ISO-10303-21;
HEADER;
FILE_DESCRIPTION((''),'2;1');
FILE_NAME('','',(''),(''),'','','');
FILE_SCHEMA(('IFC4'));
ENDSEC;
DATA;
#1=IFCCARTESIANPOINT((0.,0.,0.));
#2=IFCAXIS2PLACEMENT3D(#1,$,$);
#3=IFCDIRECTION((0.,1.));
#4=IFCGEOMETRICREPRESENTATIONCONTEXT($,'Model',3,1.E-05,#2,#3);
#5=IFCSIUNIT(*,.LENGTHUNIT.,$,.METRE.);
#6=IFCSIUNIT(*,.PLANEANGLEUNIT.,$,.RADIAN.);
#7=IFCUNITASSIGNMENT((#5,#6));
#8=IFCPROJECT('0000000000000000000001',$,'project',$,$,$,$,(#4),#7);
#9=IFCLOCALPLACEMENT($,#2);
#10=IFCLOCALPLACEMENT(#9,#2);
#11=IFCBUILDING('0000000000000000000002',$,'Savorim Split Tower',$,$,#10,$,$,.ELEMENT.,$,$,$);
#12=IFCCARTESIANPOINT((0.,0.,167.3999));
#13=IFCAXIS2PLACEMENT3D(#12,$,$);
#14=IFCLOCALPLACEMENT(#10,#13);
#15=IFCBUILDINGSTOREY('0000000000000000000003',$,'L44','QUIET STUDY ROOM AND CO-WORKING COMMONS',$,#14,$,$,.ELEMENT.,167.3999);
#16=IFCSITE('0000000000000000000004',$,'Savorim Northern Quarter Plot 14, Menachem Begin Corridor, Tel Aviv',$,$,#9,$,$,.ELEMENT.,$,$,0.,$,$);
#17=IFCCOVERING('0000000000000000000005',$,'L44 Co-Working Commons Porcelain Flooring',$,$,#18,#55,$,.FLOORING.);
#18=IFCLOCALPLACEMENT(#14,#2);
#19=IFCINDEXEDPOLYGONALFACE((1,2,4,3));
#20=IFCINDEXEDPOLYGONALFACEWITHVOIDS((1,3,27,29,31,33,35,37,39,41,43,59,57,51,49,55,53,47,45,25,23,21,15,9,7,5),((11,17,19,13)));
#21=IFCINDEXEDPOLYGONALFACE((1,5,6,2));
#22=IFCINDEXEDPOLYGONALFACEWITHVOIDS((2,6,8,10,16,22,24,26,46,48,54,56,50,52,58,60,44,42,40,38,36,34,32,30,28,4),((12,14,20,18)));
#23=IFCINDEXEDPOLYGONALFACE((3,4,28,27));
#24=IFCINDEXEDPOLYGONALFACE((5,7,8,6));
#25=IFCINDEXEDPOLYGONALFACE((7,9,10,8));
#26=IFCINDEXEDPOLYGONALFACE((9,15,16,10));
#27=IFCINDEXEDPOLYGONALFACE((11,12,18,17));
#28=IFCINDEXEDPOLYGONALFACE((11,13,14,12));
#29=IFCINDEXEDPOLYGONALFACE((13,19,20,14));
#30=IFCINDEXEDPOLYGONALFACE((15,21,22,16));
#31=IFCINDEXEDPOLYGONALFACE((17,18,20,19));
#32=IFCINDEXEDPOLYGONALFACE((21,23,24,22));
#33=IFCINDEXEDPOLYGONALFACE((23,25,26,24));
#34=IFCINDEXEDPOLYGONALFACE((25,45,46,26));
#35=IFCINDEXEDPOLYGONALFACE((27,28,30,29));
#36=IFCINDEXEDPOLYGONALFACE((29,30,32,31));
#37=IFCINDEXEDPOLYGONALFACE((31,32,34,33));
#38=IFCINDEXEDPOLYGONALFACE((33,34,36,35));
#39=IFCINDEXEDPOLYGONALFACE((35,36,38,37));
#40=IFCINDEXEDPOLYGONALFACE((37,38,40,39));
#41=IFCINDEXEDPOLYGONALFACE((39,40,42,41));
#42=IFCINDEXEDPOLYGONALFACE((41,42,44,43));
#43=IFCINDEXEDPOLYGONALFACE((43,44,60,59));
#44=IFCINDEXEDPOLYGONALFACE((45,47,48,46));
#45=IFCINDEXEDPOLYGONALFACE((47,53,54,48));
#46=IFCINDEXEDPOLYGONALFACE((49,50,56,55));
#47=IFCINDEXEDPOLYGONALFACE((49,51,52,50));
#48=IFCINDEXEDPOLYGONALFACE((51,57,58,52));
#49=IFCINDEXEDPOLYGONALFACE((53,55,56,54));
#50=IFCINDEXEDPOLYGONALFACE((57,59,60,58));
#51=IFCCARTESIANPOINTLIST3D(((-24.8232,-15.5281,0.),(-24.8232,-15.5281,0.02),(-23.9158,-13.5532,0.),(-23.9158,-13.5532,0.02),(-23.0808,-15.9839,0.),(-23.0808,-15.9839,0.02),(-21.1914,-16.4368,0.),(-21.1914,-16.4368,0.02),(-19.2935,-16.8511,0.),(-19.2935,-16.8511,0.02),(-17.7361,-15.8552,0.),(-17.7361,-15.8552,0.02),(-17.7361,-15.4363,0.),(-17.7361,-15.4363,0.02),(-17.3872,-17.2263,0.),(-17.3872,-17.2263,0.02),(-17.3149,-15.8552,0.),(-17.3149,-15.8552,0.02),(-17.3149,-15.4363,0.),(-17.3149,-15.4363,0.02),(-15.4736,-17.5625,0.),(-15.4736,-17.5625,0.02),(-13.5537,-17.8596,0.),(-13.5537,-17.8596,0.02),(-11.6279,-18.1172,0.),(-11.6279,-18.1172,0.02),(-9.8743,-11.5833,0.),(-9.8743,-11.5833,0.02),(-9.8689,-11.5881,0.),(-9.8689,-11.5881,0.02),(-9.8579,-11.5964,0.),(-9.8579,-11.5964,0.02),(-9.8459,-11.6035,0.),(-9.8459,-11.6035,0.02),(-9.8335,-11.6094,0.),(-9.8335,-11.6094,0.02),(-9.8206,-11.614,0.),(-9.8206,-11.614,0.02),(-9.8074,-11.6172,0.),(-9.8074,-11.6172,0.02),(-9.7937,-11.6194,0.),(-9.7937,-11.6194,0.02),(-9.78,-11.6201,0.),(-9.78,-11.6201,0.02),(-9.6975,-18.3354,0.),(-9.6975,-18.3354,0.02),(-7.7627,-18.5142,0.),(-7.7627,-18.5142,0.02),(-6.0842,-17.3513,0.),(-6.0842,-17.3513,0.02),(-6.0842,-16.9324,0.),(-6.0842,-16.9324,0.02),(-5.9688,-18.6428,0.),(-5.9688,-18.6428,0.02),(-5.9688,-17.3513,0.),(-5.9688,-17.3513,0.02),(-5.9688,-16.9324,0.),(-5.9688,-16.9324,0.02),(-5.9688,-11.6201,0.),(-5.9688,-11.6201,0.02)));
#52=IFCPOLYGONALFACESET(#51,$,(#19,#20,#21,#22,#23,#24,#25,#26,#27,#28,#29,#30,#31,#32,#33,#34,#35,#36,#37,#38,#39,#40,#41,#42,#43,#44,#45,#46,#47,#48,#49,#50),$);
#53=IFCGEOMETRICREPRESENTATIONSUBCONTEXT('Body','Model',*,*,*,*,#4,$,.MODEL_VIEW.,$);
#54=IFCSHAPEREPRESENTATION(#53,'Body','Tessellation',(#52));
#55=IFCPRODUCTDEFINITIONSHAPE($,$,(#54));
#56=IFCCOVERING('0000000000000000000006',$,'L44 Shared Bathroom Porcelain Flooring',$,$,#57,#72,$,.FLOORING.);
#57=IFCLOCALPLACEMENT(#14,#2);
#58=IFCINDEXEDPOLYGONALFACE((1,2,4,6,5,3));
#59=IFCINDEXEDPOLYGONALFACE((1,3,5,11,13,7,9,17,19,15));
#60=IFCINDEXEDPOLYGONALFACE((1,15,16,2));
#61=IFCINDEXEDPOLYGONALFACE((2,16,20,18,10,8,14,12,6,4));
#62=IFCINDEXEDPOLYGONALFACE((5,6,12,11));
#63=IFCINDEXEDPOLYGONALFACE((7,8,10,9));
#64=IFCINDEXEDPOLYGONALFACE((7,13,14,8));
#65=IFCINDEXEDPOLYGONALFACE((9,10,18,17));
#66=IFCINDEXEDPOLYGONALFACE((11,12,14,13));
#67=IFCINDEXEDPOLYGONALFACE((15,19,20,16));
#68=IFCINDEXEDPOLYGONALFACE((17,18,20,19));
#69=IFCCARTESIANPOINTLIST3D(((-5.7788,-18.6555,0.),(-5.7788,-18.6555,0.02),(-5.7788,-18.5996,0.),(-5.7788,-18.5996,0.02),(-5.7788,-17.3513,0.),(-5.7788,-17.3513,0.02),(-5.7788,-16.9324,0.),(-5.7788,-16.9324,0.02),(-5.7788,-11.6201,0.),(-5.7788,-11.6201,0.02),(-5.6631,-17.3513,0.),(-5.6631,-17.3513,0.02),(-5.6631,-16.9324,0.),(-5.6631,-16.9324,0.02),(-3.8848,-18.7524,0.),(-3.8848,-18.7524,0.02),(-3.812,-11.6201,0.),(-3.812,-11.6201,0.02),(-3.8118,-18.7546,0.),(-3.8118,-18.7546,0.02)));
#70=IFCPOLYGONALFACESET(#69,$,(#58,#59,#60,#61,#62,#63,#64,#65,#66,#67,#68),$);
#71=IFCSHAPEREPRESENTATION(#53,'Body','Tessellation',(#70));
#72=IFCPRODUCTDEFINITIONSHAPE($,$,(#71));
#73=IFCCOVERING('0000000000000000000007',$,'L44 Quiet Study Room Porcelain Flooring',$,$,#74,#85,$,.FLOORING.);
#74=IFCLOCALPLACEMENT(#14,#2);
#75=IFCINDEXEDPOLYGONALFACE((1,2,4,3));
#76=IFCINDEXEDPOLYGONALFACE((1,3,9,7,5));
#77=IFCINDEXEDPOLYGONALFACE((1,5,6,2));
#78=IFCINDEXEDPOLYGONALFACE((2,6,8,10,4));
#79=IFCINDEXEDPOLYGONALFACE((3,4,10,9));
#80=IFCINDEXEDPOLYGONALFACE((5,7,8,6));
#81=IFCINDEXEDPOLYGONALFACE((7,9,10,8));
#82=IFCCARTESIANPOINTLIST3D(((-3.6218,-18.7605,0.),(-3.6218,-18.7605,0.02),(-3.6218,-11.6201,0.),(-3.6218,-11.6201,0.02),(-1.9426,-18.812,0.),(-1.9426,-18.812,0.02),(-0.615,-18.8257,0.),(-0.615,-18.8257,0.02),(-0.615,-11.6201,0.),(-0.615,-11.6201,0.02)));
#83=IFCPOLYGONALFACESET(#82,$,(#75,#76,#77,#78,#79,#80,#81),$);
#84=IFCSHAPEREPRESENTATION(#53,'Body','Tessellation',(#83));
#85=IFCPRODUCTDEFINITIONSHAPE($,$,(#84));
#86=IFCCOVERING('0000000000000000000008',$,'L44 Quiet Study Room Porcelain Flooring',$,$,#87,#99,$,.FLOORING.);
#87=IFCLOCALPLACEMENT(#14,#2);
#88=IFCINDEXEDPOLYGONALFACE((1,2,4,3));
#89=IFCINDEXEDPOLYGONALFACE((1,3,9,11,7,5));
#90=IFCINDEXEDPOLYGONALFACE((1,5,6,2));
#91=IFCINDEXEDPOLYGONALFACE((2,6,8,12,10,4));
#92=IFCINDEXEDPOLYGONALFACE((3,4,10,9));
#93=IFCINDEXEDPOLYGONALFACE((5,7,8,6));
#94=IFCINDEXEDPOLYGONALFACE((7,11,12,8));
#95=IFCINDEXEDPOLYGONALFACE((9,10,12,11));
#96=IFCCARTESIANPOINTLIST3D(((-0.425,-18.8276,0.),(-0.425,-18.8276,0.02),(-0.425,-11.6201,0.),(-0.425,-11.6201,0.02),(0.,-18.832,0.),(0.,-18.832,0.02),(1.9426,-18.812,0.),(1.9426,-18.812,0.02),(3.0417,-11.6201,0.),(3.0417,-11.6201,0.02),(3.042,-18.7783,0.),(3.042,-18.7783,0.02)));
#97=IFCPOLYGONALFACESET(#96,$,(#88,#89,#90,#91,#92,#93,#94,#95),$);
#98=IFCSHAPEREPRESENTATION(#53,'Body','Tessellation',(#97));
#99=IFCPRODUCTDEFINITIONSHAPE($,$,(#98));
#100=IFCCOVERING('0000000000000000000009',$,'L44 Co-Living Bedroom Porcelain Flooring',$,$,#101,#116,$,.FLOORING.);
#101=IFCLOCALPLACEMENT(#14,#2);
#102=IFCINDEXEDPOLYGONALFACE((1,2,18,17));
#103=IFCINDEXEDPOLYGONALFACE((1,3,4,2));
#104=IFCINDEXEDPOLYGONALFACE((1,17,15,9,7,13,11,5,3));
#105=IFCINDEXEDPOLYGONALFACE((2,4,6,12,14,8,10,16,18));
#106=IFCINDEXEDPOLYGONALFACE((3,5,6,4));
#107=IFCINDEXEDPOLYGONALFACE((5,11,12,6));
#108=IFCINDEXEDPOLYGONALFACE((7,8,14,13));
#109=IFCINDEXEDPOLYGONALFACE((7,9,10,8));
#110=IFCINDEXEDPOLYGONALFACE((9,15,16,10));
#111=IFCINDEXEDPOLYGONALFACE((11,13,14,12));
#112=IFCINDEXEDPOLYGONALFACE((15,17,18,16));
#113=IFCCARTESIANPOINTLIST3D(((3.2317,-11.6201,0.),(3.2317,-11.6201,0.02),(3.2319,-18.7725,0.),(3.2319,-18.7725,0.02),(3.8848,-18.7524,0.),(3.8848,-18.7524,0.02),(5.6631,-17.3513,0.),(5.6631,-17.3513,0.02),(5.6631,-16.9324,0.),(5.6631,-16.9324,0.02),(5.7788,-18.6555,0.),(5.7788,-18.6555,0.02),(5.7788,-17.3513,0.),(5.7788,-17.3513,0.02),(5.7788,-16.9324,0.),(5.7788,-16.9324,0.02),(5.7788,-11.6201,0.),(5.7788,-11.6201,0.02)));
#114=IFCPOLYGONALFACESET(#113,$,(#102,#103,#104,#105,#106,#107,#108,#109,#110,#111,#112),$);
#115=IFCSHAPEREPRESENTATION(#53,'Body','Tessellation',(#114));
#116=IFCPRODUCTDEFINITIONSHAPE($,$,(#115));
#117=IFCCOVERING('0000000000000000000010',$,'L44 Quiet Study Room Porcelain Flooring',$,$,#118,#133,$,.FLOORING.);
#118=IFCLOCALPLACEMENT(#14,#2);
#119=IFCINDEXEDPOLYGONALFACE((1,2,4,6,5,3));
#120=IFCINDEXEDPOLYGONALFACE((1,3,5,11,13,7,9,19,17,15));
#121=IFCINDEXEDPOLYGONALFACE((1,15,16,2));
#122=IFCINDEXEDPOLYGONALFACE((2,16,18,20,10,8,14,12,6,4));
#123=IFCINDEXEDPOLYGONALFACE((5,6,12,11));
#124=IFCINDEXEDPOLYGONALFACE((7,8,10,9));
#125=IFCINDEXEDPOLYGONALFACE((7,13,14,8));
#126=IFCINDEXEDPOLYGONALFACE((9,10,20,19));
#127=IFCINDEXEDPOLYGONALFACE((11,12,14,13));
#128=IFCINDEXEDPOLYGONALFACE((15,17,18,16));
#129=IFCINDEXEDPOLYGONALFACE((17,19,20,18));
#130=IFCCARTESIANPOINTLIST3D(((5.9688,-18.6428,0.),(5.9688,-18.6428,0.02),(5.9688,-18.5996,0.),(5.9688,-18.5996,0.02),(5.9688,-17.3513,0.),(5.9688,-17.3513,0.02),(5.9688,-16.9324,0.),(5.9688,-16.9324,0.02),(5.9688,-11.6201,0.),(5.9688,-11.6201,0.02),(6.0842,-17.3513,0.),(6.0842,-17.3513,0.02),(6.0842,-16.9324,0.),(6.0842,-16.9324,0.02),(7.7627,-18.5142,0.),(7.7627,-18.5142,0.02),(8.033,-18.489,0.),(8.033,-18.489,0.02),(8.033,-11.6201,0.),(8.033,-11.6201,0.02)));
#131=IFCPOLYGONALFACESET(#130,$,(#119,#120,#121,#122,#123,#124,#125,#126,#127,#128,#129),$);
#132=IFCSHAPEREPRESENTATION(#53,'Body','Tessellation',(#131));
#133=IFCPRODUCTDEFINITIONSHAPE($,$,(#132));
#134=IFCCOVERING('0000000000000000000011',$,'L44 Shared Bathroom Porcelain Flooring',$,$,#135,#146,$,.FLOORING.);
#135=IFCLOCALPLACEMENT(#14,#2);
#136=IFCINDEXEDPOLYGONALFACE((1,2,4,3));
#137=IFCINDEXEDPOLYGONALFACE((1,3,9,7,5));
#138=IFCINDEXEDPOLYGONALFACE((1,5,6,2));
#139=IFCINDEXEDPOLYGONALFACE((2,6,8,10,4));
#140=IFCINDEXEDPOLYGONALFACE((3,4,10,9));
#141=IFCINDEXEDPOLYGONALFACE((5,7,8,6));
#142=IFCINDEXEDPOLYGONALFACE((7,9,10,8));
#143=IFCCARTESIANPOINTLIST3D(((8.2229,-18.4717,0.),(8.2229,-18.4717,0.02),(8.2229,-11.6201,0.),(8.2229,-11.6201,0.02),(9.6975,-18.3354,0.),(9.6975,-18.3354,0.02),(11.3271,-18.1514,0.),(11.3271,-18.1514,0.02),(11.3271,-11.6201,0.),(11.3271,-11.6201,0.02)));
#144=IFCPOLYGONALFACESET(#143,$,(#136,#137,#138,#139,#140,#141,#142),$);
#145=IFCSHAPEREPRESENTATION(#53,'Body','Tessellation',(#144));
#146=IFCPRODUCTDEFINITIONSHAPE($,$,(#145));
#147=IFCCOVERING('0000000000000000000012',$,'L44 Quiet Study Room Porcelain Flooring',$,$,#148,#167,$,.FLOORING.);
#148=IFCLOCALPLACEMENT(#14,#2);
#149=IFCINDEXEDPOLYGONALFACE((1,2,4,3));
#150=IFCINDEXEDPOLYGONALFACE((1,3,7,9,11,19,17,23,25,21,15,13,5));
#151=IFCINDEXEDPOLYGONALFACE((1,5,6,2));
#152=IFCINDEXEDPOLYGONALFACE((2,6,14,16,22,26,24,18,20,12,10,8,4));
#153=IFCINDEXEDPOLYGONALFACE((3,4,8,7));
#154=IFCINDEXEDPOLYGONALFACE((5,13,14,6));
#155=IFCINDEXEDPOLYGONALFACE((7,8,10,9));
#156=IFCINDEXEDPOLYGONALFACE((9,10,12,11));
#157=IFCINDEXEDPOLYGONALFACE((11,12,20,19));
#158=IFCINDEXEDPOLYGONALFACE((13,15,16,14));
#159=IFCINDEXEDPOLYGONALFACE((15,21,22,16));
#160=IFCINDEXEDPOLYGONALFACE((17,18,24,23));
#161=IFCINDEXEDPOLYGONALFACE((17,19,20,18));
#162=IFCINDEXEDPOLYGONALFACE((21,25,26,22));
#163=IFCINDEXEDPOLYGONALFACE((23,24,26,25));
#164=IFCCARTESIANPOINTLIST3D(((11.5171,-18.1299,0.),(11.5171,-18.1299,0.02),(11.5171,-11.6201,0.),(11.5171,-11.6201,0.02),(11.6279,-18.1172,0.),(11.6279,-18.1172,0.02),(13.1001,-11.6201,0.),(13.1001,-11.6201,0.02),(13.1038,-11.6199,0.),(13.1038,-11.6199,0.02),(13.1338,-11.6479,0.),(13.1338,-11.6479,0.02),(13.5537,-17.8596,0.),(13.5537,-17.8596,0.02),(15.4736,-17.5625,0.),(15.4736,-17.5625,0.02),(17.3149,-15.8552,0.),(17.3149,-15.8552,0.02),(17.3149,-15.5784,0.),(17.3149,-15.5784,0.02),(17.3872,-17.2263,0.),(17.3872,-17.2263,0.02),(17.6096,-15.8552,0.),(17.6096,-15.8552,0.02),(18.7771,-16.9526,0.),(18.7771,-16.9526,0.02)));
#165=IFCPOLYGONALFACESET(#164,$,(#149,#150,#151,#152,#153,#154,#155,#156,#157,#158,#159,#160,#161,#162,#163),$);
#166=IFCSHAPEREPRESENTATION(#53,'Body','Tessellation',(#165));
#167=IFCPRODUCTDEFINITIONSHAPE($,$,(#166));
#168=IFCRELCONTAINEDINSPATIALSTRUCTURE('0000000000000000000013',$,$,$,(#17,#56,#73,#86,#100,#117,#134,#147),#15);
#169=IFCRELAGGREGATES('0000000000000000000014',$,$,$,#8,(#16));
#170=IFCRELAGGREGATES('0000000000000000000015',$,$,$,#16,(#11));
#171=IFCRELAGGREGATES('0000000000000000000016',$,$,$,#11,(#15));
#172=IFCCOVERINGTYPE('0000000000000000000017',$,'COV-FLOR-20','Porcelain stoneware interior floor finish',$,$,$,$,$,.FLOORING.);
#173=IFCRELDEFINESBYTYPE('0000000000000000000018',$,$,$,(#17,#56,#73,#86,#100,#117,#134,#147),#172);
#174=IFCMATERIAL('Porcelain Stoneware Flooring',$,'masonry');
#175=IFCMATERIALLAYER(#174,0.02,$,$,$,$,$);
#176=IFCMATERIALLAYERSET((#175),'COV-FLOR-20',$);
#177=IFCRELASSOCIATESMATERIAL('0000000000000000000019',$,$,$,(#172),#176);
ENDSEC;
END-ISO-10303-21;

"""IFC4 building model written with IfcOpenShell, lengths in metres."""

from ifc_helpers import new_model, si_unit, direction, frame, origin, place, context, subcontext, project, spatial, polyline, outline, extrude, material, layer, layer_set, type_object, element, save


model = new_model("IFC4")

# Units and contexts
model_context = context("Model", 3, precision=1e-05, world=origin(), true_north=direction((0.0, 1.0)))
body_context = subcontext(model_context, "Body", "Model", "MODEL_VIEW")
ifc_project = project(units=[si_unit("LENGTHUNIT", "METRE"), si_unit("PLANEANGLEUNIT", "RADIAN")], contexts=[model_context])

# Site, building, storey
site_placement = place(None, origin())
site = spatial("IfcSite", under=ifc_project, at=site_placement, Name="Savorim Northern Quarter Plot 14, Menachem Begin Corridor, Tel Aviv", CompositionType="ELEMENT", RefElevation=0.0)
building_placement = place(site_placement, origin())
building = spatial("IfcBuilding", under=site, at=building_placement, Name="Savorim Split Tower", CompositionType="ELEMENT")
storey_placement = place(building_placement, frame((0.0, 0.0, 167.3999)))
storey = spatial("IfcBuildingStorey", under=building, at=storey_placement, Name="L44", Description="QUIET STUDY ROOM AND CO-WORKING COMMONS", CompositionType="ELEMENT", Elevation=167.3999)

# Coverings
ifc_material_1 = material(Name="Porcelain Stoneware Flooring", Category="masonry")
ifc_layer_1 = layer(ifc_material_1, 0.02)
ifc_layer_set_1 = layer_set([ifc_layer_1], Name="COV-FLOR-20")
covering_type_1 = type_object("IfcCoveringType", Name="COV-FLOR-20", Description="Porcelain stoneware interior floor finish", PredefinedType="FLOORING", material=ifc_layer_set_1)
covering_1_placement = place(storey_placement, origin())
element("IfcCovering", 1, at=covering_1_placement, inside=storey, type_object=covering_type_1, Name="L44 Co-Working Commons Porcelain Flooring", PredefinedType="FLOORING", context=body_context, shape_type="SweptSolid", body=[
    extrude(outline(polyline([(-9.8459, -11.6035), (-9.8579, -11.5964), (-9.8689, -11.5881), (-9.8743, -11.5833), (-23.9158, -13.5532), (-24.8232, -15.5281), (-23.0808, -15.9839), (-21.1914, -16.4368), (-19.2935, -16.8511), (-17.3872, -17.2263), (-15.4736, -17.5625), (-13.5537, -17.8596), (-11.6279, -18.1172), (-9.6975, -18.3354), (-7.7627, -18.5142), (-5.9688, -18.6428), (-5.9688, -17.3513), (-6.0842, -17.3513), (-6.0842, -16.9324), (-5.9688, -16.9324), (-5.9688, -11.6201), (-9.78, -11.6201), (-9.7937, -11.6194), (-9.8074, -11.6172), (-9.8206, -11.614), (-9.8335, -11.6094), (-9.8459, -11.6035)]), holes=[polyline([(-17.7361, -15.8552), (-17.3149, -15.8552), (-17.3149, -15.4363), (-17.7361, -15.4363), (-17.7361, -15.8552)])]), origin(), (0.0, 0.0, 1.0), 0.02),
])
covering_2_placement = place(storey_placement, origin())
element("IfcCovering", 2, at=covering_2_placement, inside=storey, type_object=covering_type_1, Name="L44 Shared Bathroom Porcelain Flooring", PredefinedType="FLOORING", context=body_context, shape_type="SweptSolid", body=[
    extrude(outline(polyline([(-5.7788, -18.5996), (-5.7788, -18.6555), (-3.8848, -18.7524), (-3.8118, -18.7546), (-3.812, -11.6201), (-5.7788, -11.6201), (-5.7788, -16.9324), (-5.6631, -16.9324), (-5.6631, -17.3513), (-5.7788, -17.3513), (-5.7788, -18.5996)])), origin(), (0.0, 0.0, 1.0), 0.02),
])
covering_3_placement = place(storey_placement, origin())
element("IfcCovering", 3, at=covering_3_placement, inside=storey, type_object=covering_type_1, Name="L44 Quiet Study Room Porcelain Flooring", PredefinedType="FLOORING", context=body_context, shape_type="SweptSolid", body=[
    extrude(outline(polyline([(-3.6218, -11.6201), (-3.6218, -18.7605), (-1.9426, -18.812), (-0.615, -18.8257), (-0.615, -11.6201), (-3.6218, -11.6201)])), origin(), (0.0, 0.0, 1.0), 0.02),
])
covering_4_placement = place(storey_placement, origin())
element("IfcCovering", 4, at=covering_4_placement, inside=storey, type_object=covering_type_1, Name="L44 Quiet Study Room Porcelain Flooring", PredefinedType="FLOORING", context=body_context, shape_type="SweptSolid", body=[
    extrude(outline(polyline([(-0.425, -18.8276), (0.0, -18.832), (1.9426, -18.812), (3.042, -18.7783), (3.0417, -11.6201), (-0.425, -11.6201), (-0.425, -18.8276)])), origin(), (0.0, 0.0, 1.0), 0.02),
])
covering_5_placement = place(storey_placement, origin())
element("IfcCovering", 5, at=covering_5_placement, inside=storey, type_object=covering_type_1, Name="L44 Co-Living Bedroom Porcelain Flooring", PredefinedType="FLOORING", context=body_context, shape_type="SweptSolid", body=[
    extrude(outline(polyline([(5.7788, -11.6201), (3.2317, -11.6201), (3.2319, -18.7725), (3.8848, -18.7524), (5.7788, -18.6555), (5.7788, -17.3513), (5.6631, -17.3513), (5.6631, -16.9324), (5.7788, -16.9324), (5.7788, -11.6201)])), origin(), (0.0, 0.0, 1.0), 0.02),
])
covering_6_placement = place(storey_placement, origin())
element("IfcCovering", 6, at=covering_6_placement, inside=storey, type_object=covering_type_1, Name="L44 Quiet Study Room Porcelain Flooring", PredefinedType="FLOORING", context=body_context, shape_type="SweptSolid", body=[
    extrude(outline(polyline([(5.9688, -18.5996), (5.9688, -18.6428), (7.7627, -18.5142), (8.033, -18.489), (8.033, -11.6201), (5.9688, -11.6201), (5.9688, -16.9324), (6.0842, -16.9324), (6.0842, -17.3513), (5.9688, -17.3513), (5.9688, -18.5996)])), origin(), (0.0, 0.0, 1.0), 0.02),
])
covering_7_placement = place(storey_placement, origin())
element("IfcCovering", 7, at=covering_7_placement, inside=storey, type_object=covering_type_1, Name="L44 Shared Bathroom Porcelain Flooring", PredefinedType="FLOORING", context=body_context, shape_type="SweptSolid", body=[
    extrude(outline(polyline([(8.2229, -11.6201), (8.2229, -18.4717), (9.6975, -18.3354), (11.3271, -18.1514), (11.3271, -11.6201), (8.2229, -11.6201)])), origin(), (0.0, 0.0, 1.0), 0.02),
])
covering_8_placement = place(storey_placement, origin())
element("IfcCovering", 8, at=covering_8_placement, inside=storey, type_object=covering_type_1, Name="L44 Quiet Study Room Porcelain Flooring", PredefinedType="FLOORING", context=body_context, shape_type="SweptSolid", body=[
    extrude(outline(polyline([(11.6279, -18.1172), (13.5537, -17.8596), (15.4736, -17.5625), (17.3872, -17.2263), (18.7771, -16.9526), (17.6096, -15.8552), (17.3149, -15.8552), (17.3149, -15.5784), (13.1338, -11.6479), (13.1038, -11.6199), (13.1001, -11.6201), (11.5171, -11.6201), (11.5171, -18.1299), (11.6279, -18.1172)])), origin(), (0.0, 0.0, 1.0), 0.02),
])

save(model, "model.ifc")
